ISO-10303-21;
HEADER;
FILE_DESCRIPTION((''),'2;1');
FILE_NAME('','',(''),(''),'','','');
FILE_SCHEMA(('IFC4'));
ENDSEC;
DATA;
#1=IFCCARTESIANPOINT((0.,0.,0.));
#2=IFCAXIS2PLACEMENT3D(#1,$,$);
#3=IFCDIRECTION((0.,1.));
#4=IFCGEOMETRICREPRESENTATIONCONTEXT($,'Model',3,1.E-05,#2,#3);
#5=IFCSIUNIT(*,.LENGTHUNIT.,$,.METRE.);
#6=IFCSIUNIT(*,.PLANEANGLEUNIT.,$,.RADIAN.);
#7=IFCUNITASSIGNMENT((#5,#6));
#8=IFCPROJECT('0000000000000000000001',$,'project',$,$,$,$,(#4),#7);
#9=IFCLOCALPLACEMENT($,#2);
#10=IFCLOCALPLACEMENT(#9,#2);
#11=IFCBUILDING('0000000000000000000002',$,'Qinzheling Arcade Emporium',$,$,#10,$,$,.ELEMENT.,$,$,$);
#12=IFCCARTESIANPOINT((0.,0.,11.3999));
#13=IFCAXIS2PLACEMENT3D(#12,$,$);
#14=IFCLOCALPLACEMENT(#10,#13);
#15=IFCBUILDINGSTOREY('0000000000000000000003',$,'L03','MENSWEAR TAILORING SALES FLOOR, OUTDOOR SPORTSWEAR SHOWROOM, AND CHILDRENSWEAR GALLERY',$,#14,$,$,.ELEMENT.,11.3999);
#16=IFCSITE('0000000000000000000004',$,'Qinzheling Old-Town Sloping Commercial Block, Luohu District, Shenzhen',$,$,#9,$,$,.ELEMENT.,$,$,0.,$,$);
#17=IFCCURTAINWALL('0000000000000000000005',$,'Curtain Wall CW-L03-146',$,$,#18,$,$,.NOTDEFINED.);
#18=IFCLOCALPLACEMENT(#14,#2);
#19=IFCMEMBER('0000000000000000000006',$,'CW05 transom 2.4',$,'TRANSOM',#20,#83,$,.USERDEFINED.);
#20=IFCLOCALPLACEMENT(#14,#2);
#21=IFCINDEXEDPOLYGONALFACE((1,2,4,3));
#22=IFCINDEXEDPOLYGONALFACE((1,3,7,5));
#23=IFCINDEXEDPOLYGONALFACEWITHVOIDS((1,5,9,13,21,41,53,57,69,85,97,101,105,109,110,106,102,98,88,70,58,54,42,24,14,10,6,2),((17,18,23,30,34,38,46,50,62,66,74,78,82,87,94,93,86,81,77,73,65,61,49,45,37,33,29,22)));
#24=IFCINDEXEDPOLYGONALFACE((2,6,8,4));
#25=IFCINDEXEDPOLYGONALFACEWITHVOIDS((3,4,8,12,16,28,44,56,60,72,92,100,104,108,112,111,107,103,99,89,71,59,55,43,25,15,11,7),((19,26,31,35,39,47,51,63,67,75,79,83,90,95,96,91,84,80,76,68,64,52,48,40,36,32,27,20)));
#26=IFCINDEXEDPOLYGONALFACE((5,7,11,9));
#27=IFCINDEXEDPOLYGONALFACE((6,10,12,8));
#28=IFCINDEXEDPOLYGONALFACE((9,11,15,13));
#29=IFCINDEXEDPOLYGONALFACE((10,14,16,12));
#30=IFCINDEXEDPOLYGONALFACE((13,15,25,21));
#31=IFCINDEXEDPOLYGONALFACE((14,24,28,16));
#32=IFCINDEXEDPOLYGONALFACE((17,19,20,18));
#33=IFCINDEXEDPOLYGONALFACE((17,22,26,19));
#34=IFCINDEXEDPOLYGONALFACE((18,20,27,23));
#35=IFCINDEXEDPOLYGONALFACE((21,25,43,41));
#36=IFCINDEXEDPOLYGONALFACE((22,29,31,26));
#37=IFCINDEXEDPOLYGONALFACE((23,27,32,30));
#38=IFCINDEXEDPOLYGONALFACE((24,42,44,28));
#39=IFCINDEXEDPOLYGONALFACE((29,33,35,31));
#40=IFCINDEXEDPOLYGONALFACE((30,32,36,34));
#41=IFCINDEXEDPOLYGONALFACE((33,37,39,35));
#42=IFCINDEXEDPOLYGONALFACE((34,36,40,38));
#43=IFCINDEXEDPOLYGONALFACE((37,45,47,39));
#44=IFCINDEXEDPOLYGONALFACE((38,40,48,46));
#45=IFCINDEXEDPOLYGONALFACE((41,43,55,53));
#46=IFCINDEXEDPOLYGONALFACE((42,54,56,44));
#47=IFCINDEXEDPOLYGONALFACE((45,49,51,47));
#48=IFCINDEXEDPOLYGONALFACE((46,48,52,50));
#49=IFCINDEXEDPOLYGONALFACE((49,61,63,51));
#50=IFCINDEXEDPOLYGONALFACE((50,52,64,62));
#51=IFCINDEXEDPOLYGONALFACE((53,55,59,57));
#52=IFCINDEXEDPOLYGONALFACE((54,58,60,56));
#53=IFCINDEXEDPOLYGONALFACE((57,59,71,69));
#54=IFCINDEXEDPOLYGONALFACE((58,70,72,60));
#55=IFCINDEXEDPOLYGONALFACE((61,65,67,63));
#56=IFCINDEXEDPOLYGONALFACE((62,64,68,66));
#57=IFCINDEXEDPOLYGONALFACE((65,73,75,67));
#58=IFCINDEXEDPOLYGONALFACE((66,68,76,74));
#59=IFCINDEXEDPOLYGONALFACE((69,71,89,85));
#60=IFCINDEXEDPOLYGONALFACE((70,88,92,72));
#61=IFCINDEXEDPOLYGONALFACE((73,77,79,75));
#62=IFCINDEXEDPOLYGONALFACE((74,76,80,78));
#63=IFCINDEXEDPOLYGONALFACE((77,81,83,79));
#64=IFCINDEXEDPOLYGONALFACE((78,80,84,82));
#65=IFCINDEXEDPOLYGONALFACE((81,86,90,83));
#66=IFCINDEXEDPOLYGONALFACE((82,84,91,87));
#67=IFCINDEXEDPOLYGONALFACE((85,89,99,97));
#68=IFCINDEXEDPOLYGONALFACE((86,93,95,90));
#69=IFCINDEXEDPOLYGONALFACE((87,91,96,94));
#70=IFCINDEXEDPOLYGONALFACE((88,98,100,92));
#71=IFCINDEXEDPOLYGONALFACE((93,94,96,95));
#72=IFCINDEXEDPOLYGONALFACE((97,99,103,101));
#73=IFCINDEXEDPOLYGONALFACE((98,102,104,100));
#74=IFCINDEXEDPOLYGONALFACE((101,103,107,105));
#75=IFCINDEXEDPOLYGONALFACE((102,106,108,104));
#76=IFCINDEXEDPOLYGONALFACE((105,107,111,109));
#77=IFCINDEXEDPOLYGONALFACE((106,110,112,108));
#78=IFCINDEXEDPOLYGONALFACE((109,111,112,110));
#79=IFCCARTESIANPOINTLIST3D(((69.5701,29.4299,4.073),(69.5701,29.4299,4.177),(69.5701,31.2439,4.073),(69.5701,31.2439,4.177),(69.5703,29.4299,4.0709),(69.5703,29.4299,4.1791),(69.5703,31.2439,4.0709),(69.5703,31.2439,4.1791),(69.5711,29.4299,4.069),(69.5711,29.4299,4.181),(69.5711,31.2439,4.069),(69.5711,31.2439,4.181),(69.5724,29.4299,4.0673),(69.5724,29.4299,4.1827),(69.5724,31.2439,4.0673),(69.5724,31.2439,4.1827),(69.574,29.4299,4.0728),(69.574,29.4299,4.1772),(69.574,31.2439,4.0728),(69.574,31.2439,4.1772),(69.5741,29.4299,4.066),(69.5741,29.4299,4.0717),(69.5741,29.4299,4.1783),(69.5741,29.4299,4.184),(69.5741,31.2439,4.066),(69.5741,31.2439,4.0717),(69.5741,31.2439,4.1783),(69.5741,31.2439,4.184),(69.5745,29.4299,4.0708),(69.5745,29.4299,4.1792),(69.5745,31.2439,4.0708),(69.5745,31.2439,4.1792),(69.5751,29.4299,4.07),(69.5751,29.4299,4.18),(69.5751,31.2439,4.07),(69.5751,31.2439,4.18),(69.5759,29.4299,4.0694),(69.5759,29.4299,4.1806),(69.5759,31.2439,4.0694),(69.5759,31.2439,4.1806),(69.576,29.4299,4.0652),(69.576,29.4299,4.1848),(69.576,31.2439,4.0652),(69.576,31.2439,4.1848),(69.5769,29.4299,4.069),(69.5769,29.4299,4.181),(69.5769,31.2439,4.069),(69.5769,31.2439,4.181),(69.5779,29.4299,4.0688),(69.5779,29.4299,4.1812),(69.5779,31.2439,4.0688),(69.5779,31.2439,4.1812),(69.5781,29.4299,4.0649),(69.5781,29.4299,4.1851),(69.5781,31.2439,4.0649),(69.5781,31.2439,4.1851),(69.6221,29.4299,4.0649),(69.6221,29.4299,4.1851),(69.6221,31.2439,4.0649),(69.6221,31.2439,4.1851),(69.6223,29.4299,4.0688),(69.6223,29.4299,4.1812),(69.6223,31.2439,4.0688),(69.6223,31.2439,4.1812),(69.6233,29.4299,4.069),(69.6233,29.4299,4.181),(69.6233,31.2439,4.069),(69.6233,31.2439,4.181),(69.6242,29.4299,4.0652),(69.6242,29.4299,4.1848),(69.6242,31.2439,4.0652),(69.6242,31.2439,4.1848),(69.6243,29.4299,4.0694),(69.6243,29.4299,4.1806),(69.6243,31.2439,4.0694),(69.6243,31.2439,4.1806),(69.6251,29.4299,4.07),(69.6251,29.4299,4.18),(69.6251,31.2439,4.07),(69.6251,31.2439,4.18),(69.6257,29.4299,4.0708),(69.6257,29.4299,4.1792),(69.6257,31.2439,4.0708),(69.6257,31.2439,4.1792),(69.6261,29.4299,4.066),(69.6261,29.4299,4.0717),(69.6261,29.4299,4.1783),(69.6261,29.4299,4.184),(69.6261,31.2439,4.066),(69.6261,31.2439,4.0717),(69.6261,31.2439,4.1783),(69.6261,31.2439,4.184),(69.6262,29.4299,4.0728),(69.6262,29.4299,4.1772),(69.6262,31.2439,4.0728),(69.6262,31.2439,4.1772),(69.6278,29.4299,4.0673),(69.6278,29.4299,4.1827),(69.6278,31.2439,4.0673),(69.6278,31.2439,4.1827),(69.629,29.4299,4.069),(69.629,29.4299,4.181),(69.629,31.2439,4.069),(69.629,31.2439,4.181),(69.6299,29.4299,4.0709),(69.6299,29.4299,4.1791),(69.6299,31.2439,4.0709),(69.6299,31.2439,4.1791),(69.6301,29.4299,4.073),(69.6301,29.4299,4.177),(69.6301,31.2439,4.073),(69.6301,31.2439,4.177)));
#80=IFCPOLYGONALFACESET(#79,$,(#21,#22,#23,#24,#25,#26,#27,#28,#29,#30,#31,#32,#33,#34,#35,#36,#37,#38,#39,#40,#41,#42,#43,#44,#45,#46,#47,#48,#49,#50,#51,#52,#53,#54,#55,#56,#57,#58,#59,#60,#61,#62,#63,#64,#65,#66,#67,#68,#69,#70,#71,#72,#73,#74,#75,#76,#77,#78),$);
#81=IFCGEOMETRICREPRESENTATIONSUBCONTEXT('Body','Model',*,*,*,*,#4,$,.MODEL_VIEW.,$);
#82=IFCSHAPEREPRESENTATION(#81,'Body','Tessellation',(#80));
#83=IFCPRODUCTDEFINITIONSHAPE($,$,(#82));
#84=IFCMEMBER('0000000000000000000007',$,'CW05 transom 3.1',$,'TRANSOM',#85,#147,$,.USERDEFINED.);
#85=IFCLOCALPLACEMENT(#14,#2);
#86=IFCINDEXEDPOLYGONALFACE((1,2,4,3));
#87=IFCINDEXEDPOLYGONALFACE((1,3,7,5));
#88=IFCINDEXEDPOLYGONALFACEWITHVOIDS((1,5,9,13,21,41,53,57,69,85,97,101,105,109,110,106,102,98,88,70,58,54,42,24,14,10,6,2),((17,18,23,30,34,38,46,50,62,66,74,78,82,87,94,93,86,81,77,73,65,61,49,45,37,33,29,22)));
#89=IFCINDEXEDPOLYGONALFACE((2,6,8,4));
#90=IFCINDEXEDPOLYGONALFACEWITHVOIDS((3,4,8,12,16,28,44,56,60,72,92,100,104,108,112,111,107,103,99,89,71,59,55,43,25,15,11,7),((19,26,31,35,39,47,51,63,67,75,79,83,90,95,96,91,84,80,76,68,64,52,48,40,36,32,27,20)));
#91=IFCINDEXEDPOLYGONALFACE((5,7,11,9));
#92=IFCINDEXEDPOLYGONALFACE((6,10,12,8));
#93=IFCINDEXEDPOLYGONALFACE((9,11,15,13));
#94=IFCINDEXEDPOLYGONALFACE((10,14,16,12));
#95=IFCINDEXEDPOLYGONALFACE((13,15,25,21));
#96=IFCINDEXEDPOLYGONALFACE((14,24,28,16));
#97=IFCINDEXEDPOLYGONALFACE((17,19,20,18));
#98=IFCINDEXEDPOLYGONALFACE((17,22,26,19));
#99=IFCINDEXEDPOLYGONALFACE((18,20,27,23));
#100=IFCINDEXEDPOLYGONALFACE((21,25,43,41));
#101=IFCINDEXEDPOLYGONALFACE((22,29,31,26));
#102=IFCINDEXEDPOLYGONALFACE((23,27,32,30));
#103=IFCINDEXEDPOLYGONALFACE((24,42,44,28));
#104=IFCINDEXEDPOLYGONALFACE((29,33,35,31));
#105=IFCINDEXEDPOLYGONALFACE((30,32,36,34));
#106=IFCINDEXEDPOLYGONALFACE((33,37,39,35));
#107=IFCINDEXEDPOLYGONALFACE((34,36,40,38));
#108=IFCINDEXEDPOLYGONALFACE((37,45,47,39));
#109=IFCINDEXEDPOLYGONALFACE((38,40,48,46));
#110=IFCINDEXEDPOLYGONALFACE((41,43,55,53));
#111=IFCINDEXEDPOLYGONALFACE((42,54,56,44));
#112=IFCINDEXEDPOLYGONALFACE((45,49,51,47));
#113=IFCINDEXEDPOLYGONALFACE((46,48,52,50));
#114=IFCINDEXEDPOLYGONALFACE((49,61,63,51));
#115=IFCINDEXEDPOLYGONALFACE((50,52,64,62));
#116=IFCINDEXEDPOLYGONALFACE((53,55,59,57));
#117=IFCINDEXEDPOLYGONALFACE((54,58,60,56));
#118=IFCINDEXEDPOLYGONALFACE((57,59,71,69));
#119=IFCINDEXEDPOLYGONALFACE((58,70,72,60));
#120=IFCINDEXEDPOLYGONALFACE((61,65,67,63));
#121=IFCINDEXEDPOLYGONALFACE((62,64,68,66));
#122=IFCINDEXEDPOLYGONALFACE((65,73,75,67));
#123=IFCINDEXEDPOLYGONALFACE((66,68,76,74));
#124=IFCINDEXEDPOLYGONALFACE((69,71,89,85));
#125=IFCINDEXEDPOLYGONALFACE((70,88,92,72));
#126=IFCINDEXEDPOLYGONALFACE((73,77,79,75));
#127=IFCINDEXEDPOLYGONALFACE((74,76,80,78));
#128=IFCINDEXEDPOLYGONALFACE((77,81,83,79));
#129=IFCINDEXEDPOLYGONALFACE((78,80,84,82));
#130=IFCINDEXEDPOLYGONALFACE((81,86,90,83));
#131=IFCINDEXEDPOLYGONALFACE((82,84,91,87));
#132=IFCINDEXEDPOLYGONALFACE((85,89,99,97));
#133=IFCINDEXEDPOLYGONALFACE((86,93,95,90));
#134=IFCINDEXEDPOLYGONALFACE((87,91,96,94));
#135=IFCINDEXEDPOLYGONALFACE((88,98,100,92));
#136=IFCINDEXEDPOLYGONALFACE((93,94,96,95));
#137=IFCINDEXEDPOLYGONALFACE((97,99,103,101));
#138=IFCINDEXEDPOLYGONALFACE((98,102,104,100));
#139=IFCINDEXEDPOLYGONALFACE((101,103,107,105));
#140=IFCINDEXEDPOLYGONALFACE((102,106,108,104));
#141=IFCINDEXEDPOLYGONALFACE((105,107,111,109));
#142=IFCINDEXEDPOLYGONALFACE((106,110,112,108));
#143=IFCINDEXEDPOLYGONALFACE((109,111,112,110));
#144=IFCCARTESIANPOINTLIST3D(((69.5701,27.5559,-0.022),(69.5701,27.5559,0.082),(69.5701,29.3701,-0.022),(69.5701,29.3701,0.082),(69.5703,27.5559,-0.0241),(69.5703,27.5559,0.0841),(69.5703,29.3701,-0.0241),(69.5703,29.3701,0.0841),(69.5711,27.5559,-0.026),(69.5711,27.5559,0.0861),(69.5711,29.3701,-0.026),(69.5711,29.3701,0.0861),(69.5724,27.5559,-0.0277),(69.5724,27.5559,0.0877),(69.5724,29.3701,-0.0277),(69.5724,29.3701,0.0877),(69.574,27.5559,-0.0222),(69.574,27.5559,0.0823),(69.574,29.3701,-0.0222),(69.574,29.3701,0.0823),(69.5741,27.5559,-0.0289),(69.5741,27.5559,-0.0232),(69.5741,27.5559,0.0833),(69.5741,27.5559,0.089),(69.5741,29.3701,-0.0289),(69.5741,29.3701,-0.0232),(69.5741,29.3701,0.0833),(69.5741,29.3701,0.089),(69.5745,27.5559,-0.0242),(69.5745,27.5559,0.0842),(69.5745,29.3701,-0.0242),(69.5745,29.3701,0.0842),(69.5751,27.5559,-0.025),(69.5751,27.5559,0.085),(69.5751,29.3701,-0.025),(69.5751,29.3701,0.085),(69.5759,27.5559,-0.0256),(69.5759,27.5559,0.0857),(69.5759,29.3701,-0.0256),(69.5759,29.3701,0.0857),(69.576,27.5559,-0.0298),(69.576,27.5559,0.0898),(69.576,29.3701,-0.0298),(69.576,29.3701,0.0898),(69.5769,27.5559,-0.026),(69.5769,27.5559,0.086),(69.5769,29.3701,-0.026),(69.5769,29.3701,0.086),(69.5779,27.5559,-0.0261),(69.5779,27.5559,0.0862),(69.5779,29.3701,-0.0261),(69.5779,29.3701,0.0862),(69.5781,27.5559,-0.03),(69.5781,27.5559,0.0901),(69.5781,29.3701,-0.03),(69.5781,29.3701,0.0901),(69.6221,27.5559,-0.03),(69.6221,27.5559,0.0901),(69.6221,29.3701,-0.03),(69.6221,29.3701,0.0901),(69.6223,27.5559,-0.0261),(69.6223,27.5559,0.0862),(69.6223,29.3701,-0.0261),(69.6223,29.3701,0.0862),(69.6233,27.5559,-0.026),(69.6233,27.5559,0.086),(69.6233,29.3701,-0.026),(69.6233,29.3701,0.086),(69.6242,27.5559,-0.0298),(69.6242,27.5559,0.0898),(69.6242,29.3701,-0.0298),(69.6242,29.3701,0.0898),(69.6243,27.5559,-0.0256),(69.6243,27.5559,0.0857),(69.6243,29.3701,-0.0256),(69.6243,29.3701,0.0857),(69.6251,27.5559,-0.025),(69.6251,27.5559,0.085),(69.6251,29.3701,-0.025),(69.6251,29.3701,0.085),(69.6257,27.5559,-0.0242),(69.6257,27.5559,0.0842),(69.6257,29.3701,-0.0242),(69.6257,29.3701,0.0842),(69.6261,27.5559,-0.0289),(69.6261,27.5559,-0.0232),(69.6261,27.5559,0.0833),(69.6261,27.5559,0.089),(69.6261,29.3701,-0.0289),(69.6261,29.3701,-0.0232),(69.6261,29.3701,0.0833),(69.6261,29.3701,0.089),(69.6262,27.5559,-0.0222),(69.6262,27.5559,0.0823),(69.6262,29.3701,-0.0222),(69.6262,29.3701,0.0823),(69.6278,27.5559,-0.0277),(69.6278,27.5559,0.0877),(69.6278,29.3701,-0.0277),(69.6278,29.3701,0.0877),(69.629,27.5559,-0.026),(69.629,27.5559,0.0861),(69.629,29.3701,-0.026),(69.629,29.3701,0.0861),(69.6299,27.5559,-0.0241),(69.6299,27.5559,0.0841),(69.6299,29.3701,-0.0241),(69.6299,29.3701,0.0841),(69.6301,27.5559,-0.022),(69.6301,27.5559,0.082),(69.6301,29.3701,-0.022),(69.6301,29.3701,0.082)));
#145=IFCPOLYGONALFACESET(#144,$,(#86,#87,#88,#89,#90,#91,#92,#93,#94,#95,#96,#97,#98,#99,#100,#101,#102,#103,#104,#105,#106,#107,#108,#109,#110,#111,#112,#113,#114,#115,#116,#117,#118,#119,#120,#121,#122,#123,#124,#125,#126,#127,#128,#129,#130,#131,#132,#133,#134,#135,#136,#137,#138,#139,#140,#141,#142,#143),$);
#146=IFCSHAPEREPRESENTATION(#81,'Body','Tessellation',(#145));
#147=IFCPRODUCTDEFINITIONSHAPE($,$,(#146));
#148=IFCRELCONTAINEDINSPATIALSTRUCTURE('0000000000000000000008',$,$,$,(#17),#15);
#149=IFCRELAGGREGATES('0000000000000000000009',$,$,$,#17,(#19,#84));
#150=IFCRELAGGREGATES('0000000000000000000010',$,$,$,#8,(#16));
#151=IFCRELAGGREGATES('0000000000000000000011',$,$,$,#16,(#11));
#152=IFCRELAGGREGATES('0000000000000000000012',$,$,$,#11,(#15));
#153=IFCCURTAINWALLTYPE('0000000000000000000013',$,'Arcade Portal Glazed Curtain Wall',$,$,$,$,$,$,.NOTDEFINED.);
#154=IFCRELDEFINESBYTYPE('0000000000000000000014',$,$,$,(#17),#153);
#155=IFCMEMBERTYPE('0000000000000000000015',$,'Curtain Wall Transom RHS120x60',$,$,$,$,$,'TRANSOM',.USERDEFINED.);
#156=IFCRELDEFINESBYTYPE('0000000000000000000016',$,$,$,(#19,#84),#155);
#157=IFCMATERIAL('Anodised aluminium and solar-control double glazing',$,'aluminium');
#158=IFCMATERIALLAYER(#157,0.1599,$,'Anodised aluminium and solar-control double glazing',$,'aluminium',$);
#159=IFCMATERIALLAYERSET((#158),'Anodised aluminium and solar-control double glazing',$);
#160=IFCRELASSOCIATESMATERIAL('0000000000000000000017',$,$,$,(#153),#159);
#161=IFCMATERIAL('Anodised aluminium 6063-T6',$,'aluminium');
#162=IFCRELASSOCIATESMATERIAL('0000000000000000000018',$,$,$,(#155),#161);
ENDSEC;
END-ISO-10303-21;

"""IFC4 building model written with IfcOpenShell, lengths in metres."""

from ifc_helpers import new_model, si_unit, direction, frame, origin, origin_2d, place, context, subcontext, project, spatial, hollow_rectangle, extrude, material, layer, layer_set, material_profile, profile_set, type_object, element, aggregate, save


model = new_model("IFC4")

# Units and contexts
model_context = context("Model", 3, precision=1e-05, world=origin(), true_north=direction((0.0, 1.0)))
body_context = subcontext(model_context, "Body", "Model", "MODEL_VIEW")
ifc_project = project(units=[si_unit("LENGTHUNIT", "METRE"), si_unit("PLANEANGLEUNIT", "RADIAN")], contexts=[model_context])

# Site, building, storey
site_placement = place(None, origin())
site = spatial("IfcSite", under=ifc_project, at=site_placement, Name="Qinzheling Old-Town Sloping Commercial Block, Luohu District, Shenzhen", CompositionType="ELEMENT", RefElevation=0.0)
building_placement = place(site_placement, origin())
building = spatial("IfcBuilding", under=site, at=building_placement, Name="Qinzheling Arcade Emporium", CompositionType="ELEMENT")
storey_placement = place(building_placement, frame((0.0, 0.0, 11.3999)))
storey = spatial("IfcBuildingStorey", under=building, at=storey_placement, Name="L03", Description="MENSWEAR TAILORING SALES FLOOR, OUTDOOR SPORTSWEAR SHOWROOM, AND CHILDRENSWEAR GALLERY", CompositionType="ELEMENT", Elevation=11.3999)

# Shared definitions
ifc_material_1 = material(Name="Anodised aluminium and solar-control double glazing", Category="aluminium")
ifc_layer_1 = layer(ifc_material_1, 0.1599, Name="Anodised aluminium and solar-control double glazing", Category="aluminium")
ifc_layer_set_1 = layer_set([ifc_layer_1], Name="Anodised aluminium and solar-control double glazing")
curtain_wall_type = type_object("IfcCurtainWallType", Name="Arcade Portal Glazed Curtain Wall", PredefinedType="NOTDEFINED", material=ifc_layer_set_1)
ifc_material_2 = material(Name="Anodised aluminium 6063-T6", Category="aluminium")

# Curtain wall, members
curtain_wall_1_placement = place(storey_placement, origin())
curtain_wall_1 = element("IfcCurtainWall", 1, at=curtain_wall_1_placement, inside=storey, type_object=curtain_wall_type, Name="Curtain Wall CW-L03-146", PredefinedType="NOTDEFINED")
ifc_material_profile_1 = material_profile(ifc_material_2, hollow_rectangle(XDim=0.0601, YDim=0.1201, WallThickness=0.0039, InnerFilletRadius=0.0039, OuterFilletRadius=0.0081, at=origin_2d()), Name="RHS 120x60x4", Category="aluminium")
ifc_profile_set_1 = profile_set([ifc_material_profile_1], Name="Anodised aluminium 6063-T6")
member_type_1 = type_object("IfcMemberType", Name="Curtain Wall Transom RHS120x60", ElementType="TRANSOM", PredefinedType="USERDEFINED", material=ifc_profile_set_1)
member_1_placement = place(storey_placement, frame((69.6001, 31.2439, 4.125), z_axis=(0.0, -1.0, 0.0), x_axis=(1.0, 0.0, 0.0)))
member_1 = element("IfcMember", 2, at=member_1_placement, type_object=member_type_1, Name="CW05 transom 2.4", ObjectType="TRANSOM", PredefinedType="USERDEFINED", context=body_context, shape_type="SweptSolid", body=[
    extrude(hollow_rectangle(XDim=0.0601, YDim=0.1201, WallThickness=0.0039, InnerFilletRadius=0.0039, OuterFilletRadius=0.0081, at=origin_2d()), origin(), (0.0, 0.0, 1.0), 1.814),
])
member_2_placement = place(storey_placement, frame((69.6001, 29.3701, 0.03), z_axis=(0.0, -1.0, 0.0), x_axis=(1.0, 0.0, 0.0)))
member_2 = element("IfcMember", 3, at=member_2_placement, type_object=member_type_1, Name="CW05 transom 3.1", ObjectType="TRANSOM", PredefinedType="USERDEFINED", context=body_context, shape_type="SweptSolid", body=[
    extrude(hollow_rectangle(XDim=0.0601, YDim=0.1201, WallThickness=0.0039, InnerFilletRadius=0.0039, OuterFilletRadius=0.0081, at=origin_2d()), origin(), (0.0, 0.0, 1.0), 1.8142),
])

aggregate(curtain_wall_1, [member_1, member_2])

save(model, "model.ifc")
